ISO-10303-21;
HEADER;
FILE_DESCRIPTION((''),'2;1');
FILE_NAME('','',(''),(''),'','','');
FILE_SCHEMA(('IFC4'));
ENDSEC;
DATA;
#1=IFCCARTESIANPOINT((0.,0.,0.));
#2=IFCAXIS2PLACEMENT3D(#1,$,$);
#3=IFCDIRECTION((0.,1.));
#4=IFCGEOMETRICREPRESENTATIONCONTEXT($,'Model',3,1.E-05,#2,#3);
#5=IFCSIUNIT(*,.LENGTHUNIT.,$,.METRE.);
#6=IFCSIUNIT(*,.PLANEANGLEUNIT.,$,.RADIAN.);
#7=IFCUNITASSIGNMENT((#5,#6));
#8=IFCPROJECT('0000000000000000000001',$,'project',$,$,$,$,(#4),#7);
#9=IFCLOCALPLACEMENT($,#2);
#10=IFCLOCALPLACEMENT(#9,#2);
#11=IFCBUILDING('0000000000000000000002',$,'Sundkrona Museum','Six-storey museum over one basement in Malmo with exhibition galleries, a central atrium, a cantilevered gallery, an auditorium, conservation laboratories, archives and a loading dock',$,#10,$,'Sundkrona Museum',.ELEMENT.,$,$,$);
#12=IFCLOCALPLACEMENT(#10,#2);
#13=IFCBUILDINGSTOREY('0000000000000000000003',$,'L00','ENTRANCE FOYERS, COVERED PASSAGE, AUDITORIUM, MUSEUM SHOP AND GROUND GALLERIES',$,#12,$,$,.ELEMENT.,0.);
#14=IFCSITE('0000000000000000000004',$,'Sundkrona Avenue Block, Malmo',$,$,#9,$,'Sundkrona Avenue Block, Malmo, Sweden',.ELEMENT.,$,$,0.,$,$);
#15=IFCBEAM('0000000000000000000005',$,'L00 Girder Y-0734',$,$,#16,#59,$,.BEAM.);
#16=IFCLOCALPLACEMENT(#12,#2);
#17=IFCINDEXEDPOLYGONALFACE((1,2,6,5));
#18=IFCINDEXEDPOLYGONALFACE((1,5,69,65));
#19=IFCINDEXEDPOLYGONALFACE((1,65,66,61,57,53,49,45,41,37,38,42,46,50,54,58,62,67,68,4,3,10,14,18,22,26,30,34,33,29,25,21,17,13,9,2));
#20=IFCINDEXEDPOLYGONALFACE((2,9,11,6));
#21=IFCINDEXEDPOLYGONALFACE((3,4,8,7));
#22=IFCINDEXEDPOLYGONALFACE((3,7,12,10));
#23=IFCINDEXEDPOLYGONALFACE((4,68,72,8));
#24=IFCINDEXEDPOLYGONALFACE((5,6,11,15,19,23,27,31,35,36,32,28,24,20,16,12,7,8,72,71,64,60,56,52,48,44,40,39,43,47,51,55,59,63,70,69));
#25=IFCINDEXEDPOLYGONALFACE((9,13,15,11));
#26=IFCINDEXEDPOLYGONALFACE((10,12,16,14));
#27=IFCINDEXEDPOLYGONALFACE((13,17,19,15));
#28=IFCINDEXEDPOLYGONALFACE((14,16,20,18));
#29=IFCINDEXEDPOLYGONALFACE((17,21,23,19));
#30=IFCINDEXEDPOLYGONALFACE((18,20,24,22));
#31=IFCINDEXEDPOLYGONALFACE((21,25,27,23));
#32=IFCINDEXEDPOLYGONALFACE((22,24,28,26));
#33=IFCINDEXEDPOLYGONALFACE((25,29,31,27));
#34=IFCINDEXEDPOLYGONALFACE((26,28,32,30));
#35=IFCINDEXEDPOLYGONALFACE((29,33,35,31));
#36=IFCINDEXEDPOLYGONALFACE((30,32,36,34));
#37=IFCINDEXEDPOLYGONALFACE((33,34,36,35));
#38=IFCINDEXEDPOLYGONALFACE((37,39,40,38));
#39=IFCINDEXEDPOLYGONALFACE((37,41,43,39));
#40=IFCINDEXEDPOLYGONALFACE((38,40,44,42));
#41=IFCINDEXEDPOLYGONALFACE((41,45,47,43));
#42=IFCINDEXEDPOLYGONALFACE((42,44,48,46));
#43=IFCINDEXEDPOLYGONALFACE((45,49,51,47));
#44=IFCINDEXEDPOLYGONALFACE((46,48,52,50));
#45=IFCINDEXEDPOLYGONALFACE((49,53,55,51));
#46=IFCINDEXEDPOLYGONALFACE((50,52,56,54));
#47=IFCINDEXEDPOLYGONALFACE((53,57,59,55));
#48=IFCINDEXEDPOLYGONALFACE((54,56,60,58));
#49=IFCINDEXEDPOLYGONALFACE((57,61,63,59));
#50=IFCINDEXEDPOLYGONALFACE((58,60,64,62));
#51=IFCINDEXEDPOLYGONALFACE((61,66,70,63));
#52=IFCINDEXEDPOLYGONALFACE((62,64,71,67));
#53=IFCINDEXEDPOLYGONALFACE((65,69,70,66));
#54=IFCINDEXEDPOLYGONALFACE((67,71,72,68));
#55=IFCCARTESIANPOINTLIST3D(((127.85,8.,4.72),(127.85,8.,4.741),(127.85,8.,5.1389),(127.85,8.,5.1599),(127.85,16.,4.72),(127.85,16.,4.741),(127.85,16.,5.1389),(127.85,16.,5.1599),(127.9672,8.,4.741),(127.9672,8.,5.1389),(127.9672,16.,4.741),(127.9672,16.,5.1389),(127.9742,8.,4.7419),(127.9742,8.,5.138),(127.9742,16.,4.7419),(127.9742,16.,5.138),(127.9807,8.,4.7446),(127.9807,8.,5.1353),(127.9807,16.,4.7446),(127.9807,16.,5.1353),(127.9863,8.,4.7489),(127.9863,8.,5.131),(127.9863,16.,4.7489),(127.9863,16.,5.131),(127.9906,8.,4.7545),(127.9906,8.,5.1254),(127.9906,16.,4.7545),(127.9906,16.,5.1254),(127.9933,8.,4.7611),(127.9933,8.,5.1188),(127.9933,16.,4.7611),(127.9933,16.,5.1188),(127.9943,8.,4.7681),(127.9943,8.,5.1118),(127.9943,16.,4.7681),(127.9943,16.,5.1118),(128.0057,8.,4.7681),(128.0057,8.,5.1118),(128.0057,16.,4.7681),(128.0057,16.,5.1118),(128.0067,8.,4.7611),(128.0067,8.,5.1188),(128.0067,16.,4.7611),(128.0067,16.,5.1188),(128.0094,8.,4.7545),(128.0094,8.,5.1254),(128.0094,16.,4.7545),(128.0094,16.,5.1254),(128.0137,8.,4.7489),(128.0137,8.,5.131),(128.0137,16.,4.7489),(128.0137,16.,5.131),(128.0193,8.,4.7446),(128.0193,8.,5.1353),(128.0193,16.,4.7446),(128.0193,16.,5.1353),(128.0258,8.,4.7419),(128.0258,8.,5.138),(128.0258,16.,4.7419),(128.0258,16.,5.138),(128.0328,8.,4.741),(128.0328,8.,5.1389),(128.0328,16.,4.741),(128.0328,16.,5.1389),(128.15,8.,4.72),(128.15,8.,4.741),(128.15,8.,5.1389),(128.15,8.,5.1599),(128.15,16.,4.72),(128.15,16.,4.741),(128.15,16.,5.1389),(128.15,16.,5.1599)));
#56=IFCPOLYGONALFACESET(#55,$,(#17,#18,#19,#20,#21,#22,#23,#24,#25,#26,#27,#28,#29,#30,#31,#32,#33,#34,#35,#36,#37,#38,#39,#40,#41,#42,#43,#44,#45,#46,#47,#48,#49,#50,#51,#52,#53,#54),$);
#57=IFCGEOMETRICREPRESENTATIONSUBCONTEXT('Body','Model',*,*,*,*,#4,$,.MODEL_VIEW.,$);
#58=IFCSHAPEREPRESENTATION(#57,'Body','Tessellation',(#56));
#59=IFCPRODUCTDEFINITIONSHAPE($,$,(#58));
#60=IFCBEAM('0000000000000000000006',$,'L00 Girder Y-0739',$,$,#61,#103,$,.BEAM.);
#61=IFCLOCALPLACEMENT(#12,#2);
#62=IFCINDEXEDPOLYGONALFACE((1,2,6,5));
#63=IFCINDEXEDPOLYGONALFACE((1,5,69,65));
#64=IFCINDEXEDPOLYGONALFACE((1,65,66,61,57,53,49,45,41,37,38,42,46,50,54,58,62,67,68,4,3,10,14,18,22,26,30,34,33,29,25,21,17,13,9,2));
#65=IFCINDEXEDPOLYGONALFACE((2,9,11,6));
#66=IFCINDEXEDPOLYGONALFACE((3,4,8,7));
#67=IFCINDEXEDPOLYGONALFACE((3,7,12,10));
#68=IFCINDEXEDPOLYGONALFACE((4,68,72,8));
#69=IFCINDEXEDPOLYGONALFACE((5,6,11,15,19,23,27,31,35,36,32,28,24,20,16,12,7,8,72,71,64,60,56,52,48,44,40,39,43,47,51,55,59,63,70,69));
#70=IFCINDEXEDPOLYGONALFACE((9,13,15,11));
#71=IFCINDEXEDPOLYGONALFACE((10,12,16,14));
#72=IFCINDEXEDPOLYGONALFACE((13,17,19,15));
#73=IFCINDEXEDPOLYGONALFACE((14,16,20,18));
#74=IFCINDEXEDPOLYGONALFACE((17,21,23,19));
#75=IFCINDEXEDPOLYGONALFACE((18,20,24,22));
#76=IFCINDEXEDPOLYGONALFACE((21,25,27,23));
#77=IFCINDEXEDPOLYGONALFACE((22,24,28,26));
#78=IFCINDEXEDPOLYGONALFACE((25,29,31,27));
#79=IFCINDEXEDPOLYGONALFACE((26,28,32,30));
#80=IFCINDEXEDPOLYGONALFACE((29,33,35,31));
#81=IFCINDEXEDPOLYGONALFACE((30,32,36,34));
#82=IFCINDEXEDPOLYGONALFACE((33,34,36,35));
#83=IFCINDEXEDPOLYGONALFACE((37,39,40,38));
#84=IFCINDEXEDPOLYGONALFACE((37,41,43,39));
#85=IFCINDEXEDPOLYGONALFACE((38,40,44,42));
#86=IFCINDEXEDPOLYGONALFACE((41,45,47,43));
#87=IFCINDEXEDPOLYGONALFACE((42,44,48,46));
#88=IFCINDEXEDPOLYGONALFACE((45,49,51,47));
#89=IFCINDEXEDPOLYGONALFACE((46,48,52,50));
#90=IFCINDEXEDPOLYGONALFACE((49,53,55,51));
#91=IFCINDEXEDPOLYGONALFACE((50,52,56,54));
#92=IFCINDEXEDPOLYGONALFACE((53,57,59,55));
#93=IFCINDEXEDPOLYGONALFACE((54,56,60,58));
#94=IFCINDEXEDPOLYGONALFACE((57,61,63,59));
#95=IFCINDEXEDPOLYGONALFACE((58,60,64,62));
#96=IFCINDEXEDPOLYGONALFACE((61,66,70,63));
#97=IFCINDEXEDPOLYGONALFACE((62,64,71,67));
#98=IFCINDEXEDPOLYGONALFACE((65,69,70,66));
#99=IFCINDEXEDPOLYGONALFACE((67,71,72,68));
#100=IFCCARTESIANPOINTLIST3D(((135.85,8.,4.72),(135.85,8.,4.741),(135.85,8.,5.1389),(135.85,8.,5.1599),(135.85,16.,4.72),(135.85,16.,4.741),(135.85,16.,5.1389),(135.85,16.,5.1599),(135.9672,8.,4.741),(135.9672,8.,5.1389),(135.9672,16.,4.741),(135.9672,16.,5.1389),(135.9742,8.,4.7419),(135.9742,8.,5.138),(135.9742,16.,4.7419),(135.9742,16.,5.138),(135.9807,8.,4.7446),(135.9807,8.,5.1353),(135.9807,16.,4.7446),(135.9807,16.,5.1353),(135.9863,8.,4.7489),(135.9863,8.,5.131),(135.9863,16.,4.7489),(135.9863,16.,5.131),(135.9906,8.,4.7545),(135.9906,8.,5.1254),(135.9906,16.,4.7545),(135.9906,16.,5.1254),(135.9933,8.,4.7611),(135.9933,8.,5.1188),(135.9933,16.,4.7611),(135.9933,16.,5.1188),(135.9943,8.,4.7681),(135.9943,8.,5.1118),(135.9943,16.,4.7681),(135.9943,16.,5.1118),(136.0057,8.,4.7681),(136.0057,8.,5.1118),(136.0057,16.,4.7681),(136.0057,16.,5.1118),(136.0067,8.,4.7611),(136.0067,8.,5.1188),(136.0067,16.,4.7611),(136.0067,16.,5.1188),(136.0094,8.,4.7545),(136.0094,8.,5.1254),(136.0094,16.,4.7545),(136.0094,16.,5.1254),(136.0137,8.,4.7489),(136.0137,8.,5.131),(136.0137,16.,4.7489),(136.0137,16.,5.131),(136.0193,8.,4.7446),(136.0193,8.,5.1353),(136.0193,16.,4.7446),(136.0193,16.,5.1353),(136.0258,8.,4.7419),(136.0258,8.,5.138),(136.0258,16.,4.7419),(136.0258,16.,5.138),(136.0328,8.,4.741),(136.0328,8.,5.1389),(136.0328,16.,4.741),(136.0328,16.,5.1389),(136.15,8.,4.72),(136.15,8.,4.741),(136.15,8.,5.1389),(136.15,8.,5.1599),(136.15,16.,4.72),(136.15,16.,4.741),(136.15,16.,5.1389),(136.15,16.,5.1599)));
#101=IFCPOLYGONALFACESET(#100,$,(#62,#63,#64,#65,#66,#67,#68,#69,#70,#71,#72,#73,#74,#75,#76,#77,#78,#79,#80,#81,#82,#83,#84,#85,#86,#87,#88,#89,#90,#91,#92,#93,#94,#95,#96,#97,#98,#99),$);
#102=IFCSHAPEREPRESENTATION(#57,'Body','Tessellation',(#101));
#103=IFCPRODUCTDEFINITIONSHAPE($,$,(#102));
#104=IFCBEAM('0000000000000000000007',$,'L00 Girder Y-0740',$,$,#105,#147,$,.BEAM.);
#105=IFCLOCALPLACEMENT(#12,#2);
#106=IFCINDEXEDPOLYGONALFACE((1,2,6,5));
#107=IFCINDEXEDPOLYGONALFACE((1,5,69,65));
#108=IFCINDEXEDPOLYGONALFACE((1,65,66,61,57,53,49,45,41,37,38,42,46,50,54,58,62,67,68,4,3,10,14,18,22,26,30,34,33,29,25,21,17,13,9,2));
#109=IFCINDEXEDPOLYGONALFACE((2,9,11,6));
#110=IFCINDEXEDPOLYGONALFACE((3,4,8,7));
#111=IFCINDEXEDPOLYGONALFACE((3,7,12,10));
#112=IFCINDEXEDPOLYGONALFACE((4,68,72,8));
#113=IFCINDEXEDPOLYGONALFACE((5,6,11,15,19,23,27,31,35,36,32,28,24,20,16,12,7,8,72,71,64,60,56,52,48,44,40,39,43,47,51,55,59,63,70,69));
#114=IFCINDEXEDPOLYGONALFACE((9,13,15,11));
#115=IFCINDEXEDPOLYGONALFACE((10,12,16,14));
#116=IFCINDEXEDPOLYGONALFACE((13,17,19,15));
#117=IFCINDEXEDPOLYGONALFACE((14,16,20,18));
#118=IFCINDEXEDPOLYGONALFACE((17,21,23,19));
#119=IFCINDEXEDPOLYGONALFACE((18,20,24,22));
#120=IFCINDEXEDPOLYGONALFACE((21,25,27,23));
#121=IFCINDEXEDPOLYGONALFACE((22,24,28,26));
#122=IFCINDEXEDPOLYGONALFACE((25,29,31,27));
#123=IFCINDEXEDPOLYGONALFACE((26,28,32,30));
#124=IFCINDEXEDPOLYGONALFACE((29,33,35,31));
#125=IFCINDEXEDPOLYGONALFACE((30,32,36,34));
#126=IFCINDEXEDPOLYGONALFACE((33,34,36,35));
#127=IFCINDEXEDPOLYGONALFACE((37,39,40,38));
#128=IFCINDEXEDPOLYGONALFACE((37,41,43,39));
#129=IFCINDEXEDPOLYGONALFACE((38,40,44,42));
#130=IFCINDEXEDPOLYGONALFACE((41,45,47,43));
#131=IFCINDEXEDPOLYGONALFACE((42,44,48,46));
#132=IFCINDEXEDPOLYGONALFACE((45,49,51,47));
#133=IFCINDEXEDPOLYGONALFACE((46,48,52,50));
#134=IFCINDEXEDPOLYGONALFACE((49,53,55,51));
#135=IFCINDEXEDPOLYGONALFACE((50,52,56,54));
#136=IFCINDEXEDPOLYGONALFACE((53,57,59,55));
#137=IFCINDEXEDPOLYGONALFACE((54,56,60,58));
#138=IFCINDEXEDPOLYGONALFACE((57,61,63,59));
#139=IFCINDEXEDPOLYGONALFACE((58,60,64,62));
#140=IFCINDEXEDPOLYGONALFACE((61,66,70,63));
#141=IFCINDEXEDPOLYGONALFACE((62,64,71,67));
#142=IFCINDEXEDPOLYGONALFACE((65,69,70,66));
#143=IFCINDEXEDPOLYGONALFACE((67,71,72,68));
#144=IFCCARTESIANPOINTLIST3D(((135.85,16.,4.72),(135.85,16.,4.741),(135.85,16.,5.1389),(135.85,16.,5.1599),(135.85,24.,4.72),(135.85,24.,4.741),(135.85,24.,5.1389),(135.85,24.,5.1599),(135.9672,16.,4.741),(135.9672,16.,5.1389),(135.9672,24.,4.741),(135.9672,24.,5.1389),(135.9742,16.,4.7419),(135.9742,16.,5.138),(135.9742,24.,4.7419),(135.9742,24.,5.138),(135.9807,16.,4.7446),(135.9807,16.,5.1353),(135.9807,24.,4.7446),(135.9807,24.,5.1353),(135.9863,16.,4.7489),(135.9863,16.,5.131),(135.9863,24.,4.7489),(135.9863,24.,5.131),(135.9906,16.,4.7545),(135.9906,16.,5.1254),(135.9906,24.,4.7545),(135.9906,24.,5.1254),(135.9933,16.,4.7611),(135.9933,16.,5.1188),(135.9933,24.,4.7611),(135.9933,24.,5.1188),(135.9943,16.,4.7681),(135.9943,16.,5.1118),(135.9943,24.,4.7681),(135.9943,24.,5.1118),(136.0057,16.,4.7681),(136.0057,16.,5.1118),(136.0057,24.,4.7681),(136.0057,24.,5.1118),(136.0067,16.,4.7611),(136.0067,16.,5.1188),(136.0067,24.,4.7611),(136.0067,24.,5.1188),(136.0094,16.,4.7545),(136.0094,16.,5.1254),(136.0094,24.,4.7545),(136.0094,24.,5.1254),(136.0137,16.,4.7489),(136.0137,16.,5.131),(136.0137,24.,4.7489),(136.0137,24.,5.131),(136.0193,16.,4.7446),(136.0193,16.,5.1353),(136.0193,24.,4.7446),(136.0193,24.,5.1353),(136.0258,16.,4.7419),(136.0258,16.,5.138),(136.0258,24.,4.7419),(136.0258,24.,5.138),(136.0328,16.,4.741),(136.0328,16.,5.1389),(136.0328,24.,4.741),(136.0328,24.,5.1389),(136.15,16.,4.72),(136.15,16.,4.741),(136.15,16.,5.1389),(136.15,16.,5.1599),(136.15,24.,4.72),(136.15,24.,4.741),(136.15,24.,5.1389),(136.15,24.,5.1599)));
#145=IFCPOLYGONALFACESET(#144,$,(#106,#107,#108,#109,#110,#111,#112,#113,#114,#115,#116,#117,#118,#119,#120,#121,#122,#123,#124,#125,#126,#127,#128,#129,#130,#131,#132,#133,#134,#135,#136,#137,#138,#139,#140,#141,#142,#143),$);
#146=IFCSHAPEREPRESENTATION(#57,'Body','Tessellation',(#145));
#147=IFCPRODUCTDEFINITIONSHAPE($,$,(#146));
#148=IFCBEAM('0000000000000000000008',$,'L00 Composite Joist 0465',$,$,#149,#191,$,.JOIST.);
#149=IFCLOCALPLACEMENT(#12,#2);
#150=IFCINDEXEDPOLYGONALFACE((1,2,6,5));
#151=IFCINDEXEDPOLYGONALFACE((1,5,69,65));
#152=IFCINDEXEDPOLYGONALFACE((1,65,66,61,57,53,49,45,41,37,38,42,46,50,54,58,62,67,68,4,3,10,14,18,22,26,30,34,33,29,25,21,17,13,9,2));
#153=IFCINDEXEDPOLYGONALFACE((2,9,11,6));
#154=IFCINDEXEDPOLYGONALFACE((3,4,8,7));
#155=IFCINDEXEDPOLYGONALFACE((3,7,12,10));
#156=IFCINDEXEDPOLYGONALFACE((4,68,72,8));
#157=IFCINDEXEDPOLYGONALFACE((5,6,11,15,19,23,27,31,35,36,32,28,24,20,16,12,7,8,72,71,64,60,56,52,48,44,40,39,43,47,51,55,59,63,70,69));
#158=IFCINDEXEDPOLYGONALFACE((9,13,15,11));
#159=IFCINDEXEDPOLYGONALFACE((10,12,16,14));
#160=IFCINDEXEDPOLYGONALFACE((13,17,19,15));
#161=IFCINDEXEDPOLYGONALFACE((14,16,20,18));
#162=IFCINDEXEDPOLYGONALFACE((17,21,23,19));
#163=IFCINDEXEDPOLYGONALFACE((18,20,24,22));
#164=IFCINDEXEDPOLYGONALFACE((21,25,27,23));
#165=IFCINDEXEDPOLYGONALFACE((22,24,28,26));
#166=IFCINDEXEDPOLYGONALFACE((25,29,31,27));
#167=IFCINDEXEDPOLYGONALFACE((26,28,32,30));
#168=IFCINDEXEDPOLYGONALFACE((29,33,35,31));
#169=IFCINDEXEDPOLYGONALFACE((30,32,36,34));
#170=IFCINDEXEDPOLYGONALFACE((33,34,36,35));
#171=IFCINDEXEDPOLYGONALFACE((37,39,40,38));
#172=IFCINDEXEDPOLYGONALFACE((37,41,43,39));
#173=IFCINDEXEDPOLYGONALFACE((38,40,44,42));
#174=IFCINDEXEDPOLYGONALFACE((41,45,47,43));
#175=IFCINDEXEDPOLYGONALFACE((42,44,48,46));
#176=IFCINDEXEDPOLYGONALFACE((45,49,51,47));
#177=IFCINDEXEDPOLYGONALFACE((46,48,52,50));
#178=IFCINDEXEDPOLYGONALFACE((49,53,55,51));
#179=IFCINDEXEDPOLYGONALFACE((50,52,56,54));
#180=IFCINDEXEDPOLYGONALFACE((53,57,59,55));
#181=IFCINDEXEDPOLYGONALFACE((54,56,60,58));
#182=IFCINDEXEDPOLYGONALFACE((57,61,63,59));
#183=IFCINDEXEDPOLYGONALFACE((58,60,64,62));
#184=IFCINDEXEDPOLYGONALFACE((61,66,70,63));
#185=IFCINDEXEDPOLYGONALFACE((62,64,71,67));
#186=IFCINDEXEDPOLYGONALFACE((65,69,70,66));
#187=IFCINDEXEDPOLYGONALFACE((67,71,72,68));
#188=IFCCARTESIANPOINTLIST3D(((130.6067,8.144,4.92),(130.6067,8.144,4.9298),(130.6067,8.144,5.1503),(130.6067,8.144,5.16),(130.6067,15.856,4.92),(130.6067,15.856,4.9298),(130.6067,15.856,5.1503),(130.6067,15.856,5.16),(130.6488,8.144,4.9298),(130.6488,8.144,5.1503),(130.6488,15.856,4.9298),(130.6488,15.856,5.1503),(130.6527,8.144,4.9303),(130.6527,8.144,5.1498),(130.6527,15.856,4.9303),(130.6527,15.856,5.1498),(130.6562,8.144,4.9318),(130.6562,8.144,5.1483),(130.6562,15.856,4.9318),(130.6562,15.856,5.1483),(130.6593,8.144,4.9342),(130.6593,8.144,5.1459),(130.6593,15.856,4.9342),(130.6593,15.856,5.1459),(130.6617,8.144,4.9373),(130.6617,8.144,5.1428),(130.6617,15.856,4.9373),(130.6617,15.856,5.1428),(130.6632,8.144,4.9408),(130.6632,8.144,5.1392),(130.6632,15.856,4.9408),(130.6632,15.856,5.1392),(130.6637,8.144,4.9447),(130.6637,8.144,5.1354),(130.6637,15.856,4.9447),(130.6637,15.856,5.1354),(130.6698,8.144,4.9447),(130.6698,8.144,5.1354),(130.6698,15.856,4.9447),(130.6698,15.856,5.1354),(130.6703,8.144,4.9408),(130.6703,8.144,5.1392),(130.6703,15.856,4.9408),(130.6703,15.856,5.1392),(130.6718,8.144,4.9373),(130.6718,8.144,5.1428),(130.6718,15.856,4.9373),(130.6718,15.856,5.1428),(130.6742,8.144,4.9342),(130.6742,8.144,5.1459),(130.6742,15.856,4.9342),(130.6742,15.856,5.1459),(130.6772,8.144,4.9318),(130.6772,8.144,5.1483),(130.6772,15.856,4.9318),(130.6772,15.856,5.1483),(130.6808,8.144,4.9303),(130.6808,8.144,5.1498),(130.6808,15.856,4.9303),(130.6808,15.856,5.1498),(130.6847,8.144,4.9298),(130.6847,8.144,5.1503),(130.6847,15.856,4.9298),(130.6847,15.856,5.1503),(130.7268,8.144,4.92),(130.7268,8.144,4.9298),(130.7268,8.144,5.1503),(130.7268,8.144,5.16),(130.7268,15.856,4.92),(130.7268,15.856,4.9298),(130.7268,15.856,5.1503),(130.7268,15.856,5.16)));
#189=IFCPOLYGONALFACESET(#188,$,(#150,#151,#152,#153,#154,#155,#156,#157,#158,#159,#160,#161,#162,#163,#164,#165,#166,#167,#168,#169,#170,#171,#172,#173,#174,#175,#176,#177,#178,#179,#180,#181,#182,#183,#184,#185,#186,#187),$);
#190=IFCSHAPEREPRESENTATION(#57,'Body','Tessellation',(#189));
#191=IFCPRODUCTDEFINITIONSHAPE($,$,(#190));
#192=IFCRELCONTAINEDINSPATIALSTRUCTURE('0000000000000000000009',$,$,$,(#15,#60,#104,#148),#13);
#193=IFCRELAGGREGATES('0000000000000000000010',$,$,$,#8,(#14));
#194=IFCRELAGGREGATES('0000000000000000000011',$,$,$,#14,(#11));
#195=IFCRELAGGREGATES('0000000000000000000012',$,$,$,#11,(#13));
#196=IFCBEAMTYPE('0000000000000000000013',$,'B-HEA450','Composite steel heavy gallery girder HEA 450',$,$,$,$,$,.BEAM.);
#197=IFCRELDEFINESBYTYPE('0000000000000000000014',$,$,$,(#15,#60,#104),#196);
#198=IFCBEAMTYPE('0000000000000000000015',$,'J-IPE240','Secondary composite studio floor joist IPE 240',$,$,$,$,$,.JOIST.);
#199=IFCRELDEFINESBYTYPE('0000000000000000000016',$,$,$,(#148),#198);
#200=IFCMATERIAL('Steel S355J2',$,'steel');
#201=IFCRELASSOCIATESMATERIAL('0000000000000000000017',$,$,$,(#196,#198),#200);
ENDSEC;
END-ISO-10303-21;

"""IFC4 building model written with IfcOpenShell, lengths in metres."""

from ifc_helpers import new_model, si_unit, direction, frame, origin, origin_2d, place, context, subcontext, project, spatial, i_section, extrude, material, material_profile, profile_set, type_object, element, save


model = new_model("IFC4")

# Units and contexts
model_context = context("Model", 3, precision=1e-05, world=origin(), true_north=direction((0.0, 1.0)))
body_context = subcontext(model_context, "Body", "Model", "MODEL_VIEW")
ifc_project = project(units=[si_unit("LENGTHUNIT", "METRE"), si_unit("PLANEANGLEUNIT", "RADIAN")], contexts=[model_context])

# Site, building, storey
site_placement = place(None, origin())
site = spatial("IfcSite", under=ifc_project, at=site_placement, Name="Sundkrona Avenue Block, Malmo", LongName="Sundkrona Avenue Block, Malmo, Sweden", CompositionType="ELEMENT", RefElevation=0.0)
building_placement = place(site_placement, origin())
building = spatial("IfcBuilding", under=site, at=building_placement, Name="Sundkrona Museum", Description="Six-storey museum over one basement in Malmo with exhibition galleries, a central atrium, a cantilevered gallery, an auditorium, conservation laboratories, archives and a loading dock", LongName="Sundkrona Museum", CompositionType="ELEMENT")
storey_placement = place(building_placement, origin())
storey = spatial("IfcBuildingStorey", under=building, at=storey_placement, Name="L00", Description="ENTRANCE FOYERS, COVERED PASSAGE, AUDITORIUM, MUSEUM SHOP AND GROUND GALLERIES", CompositionType="ELEMENT", Elevation=0.0)

# Shared definitions
ifc_material_1 = material(Name="Steel S355J2", Category="steel")

# Beams
ifc_material_profile_1 = material_profile(ifc_material_1, i_section(OverallWidth=0.3, OverallDepth=0.4399, WebThickness=0.0115, FlangeThickness=0.021, FilletRadius=0.0271, at=origin_2d()), Name="HEA 450")
ifc_profile_set_1 = profile_set([ifc_material_profile_1], Name="Steel S355J2")
beam_type_1 = type_object("IfcBeamType", Name="B-HEA450", Description="Composite steel heavy gallery girder HEA 450", PredefinedType="BEAM", material=ifc_profile_set_1)
for number, where, z_axis, x_axis, name in (
    (1, (128.0, 8.0, 4.9399), (0.0, 1.0, 0.0), (-1.0, 0.0, 0.0), "L00 Girder Y-0734"),
    (2, (136.0, 8.0, 4.9399), (0.0, 1.0, 0.0), (-1.0, 0.0, 0.0), "L00 Girder Y-0739"),
    (3, (136.0, 16.0, 4.9399), (0.0, 1.0, 0.0), (-1.0, 0.0, 0.0), "L00 Girder Y-0740"),
):
    element("IfcBeam", number, at=place(storey_placement, frame(where, z_axis=z_axis, x_axis=x_axis)), inside=storey, type_object=beam_type_1, Name=name, PredefinedType="BEAM", context=body_context, shape_type="SweptSolid", body=[
        extrude(i_section(OverallWidth=0.3, OverallDepth=0.4399, WebThickness=0.0115, FlangeThickness=0.021, FilletRadius=0.0271, at=origin_2d()), origin(), (0.0, 0.0, 1.0), 8.0),
    ])
ifc_material_profile_2 = material_profile(ifc_material_1, i_section(OverallWidth=0.1201, OverallDepth=0.24, WebThickness=0.0061, FlangeThickness=0.0098, FilletRadius=0.0149, at=origin_2d()), Name="IPE 240")
ifc_profile_set_2 = profile_set([ifc_material_profile_2], Name="Steel S355J2")
beam_type_2 = type_object("IfcBeamType", Name="J-IPE240", Description="Secondary composite studio floor joist IPE 240", PredefinedType="JOIST", material=ifc_profile_set_2)
beam_1_placement = place(storey_placement, frame((130.6667, 8.144, 5.04), z_axis=(0.0, 1.0, 0.0), x_axis=(-1.0, 0.0, 0.0)))
element("IfcBeam", 4, at=beam_1_placement, inside=storey, type_object=beam_type_2, Name="L00 Composite Joist 0465", PredefinedType="JOIST", context=body_context, shape_type="SweptSolid", body=[
    extrude(i_section(OverallWidth=0.1201, OverallDepth=0.24, WebThickness=0.0061, FlangeThickness=0.0098, FilletRadius=0.0149, at=origin_2d()), origin(), (0.0, 0.0, 1.0), 7.7119),
])

save(model, "model.ifc")
